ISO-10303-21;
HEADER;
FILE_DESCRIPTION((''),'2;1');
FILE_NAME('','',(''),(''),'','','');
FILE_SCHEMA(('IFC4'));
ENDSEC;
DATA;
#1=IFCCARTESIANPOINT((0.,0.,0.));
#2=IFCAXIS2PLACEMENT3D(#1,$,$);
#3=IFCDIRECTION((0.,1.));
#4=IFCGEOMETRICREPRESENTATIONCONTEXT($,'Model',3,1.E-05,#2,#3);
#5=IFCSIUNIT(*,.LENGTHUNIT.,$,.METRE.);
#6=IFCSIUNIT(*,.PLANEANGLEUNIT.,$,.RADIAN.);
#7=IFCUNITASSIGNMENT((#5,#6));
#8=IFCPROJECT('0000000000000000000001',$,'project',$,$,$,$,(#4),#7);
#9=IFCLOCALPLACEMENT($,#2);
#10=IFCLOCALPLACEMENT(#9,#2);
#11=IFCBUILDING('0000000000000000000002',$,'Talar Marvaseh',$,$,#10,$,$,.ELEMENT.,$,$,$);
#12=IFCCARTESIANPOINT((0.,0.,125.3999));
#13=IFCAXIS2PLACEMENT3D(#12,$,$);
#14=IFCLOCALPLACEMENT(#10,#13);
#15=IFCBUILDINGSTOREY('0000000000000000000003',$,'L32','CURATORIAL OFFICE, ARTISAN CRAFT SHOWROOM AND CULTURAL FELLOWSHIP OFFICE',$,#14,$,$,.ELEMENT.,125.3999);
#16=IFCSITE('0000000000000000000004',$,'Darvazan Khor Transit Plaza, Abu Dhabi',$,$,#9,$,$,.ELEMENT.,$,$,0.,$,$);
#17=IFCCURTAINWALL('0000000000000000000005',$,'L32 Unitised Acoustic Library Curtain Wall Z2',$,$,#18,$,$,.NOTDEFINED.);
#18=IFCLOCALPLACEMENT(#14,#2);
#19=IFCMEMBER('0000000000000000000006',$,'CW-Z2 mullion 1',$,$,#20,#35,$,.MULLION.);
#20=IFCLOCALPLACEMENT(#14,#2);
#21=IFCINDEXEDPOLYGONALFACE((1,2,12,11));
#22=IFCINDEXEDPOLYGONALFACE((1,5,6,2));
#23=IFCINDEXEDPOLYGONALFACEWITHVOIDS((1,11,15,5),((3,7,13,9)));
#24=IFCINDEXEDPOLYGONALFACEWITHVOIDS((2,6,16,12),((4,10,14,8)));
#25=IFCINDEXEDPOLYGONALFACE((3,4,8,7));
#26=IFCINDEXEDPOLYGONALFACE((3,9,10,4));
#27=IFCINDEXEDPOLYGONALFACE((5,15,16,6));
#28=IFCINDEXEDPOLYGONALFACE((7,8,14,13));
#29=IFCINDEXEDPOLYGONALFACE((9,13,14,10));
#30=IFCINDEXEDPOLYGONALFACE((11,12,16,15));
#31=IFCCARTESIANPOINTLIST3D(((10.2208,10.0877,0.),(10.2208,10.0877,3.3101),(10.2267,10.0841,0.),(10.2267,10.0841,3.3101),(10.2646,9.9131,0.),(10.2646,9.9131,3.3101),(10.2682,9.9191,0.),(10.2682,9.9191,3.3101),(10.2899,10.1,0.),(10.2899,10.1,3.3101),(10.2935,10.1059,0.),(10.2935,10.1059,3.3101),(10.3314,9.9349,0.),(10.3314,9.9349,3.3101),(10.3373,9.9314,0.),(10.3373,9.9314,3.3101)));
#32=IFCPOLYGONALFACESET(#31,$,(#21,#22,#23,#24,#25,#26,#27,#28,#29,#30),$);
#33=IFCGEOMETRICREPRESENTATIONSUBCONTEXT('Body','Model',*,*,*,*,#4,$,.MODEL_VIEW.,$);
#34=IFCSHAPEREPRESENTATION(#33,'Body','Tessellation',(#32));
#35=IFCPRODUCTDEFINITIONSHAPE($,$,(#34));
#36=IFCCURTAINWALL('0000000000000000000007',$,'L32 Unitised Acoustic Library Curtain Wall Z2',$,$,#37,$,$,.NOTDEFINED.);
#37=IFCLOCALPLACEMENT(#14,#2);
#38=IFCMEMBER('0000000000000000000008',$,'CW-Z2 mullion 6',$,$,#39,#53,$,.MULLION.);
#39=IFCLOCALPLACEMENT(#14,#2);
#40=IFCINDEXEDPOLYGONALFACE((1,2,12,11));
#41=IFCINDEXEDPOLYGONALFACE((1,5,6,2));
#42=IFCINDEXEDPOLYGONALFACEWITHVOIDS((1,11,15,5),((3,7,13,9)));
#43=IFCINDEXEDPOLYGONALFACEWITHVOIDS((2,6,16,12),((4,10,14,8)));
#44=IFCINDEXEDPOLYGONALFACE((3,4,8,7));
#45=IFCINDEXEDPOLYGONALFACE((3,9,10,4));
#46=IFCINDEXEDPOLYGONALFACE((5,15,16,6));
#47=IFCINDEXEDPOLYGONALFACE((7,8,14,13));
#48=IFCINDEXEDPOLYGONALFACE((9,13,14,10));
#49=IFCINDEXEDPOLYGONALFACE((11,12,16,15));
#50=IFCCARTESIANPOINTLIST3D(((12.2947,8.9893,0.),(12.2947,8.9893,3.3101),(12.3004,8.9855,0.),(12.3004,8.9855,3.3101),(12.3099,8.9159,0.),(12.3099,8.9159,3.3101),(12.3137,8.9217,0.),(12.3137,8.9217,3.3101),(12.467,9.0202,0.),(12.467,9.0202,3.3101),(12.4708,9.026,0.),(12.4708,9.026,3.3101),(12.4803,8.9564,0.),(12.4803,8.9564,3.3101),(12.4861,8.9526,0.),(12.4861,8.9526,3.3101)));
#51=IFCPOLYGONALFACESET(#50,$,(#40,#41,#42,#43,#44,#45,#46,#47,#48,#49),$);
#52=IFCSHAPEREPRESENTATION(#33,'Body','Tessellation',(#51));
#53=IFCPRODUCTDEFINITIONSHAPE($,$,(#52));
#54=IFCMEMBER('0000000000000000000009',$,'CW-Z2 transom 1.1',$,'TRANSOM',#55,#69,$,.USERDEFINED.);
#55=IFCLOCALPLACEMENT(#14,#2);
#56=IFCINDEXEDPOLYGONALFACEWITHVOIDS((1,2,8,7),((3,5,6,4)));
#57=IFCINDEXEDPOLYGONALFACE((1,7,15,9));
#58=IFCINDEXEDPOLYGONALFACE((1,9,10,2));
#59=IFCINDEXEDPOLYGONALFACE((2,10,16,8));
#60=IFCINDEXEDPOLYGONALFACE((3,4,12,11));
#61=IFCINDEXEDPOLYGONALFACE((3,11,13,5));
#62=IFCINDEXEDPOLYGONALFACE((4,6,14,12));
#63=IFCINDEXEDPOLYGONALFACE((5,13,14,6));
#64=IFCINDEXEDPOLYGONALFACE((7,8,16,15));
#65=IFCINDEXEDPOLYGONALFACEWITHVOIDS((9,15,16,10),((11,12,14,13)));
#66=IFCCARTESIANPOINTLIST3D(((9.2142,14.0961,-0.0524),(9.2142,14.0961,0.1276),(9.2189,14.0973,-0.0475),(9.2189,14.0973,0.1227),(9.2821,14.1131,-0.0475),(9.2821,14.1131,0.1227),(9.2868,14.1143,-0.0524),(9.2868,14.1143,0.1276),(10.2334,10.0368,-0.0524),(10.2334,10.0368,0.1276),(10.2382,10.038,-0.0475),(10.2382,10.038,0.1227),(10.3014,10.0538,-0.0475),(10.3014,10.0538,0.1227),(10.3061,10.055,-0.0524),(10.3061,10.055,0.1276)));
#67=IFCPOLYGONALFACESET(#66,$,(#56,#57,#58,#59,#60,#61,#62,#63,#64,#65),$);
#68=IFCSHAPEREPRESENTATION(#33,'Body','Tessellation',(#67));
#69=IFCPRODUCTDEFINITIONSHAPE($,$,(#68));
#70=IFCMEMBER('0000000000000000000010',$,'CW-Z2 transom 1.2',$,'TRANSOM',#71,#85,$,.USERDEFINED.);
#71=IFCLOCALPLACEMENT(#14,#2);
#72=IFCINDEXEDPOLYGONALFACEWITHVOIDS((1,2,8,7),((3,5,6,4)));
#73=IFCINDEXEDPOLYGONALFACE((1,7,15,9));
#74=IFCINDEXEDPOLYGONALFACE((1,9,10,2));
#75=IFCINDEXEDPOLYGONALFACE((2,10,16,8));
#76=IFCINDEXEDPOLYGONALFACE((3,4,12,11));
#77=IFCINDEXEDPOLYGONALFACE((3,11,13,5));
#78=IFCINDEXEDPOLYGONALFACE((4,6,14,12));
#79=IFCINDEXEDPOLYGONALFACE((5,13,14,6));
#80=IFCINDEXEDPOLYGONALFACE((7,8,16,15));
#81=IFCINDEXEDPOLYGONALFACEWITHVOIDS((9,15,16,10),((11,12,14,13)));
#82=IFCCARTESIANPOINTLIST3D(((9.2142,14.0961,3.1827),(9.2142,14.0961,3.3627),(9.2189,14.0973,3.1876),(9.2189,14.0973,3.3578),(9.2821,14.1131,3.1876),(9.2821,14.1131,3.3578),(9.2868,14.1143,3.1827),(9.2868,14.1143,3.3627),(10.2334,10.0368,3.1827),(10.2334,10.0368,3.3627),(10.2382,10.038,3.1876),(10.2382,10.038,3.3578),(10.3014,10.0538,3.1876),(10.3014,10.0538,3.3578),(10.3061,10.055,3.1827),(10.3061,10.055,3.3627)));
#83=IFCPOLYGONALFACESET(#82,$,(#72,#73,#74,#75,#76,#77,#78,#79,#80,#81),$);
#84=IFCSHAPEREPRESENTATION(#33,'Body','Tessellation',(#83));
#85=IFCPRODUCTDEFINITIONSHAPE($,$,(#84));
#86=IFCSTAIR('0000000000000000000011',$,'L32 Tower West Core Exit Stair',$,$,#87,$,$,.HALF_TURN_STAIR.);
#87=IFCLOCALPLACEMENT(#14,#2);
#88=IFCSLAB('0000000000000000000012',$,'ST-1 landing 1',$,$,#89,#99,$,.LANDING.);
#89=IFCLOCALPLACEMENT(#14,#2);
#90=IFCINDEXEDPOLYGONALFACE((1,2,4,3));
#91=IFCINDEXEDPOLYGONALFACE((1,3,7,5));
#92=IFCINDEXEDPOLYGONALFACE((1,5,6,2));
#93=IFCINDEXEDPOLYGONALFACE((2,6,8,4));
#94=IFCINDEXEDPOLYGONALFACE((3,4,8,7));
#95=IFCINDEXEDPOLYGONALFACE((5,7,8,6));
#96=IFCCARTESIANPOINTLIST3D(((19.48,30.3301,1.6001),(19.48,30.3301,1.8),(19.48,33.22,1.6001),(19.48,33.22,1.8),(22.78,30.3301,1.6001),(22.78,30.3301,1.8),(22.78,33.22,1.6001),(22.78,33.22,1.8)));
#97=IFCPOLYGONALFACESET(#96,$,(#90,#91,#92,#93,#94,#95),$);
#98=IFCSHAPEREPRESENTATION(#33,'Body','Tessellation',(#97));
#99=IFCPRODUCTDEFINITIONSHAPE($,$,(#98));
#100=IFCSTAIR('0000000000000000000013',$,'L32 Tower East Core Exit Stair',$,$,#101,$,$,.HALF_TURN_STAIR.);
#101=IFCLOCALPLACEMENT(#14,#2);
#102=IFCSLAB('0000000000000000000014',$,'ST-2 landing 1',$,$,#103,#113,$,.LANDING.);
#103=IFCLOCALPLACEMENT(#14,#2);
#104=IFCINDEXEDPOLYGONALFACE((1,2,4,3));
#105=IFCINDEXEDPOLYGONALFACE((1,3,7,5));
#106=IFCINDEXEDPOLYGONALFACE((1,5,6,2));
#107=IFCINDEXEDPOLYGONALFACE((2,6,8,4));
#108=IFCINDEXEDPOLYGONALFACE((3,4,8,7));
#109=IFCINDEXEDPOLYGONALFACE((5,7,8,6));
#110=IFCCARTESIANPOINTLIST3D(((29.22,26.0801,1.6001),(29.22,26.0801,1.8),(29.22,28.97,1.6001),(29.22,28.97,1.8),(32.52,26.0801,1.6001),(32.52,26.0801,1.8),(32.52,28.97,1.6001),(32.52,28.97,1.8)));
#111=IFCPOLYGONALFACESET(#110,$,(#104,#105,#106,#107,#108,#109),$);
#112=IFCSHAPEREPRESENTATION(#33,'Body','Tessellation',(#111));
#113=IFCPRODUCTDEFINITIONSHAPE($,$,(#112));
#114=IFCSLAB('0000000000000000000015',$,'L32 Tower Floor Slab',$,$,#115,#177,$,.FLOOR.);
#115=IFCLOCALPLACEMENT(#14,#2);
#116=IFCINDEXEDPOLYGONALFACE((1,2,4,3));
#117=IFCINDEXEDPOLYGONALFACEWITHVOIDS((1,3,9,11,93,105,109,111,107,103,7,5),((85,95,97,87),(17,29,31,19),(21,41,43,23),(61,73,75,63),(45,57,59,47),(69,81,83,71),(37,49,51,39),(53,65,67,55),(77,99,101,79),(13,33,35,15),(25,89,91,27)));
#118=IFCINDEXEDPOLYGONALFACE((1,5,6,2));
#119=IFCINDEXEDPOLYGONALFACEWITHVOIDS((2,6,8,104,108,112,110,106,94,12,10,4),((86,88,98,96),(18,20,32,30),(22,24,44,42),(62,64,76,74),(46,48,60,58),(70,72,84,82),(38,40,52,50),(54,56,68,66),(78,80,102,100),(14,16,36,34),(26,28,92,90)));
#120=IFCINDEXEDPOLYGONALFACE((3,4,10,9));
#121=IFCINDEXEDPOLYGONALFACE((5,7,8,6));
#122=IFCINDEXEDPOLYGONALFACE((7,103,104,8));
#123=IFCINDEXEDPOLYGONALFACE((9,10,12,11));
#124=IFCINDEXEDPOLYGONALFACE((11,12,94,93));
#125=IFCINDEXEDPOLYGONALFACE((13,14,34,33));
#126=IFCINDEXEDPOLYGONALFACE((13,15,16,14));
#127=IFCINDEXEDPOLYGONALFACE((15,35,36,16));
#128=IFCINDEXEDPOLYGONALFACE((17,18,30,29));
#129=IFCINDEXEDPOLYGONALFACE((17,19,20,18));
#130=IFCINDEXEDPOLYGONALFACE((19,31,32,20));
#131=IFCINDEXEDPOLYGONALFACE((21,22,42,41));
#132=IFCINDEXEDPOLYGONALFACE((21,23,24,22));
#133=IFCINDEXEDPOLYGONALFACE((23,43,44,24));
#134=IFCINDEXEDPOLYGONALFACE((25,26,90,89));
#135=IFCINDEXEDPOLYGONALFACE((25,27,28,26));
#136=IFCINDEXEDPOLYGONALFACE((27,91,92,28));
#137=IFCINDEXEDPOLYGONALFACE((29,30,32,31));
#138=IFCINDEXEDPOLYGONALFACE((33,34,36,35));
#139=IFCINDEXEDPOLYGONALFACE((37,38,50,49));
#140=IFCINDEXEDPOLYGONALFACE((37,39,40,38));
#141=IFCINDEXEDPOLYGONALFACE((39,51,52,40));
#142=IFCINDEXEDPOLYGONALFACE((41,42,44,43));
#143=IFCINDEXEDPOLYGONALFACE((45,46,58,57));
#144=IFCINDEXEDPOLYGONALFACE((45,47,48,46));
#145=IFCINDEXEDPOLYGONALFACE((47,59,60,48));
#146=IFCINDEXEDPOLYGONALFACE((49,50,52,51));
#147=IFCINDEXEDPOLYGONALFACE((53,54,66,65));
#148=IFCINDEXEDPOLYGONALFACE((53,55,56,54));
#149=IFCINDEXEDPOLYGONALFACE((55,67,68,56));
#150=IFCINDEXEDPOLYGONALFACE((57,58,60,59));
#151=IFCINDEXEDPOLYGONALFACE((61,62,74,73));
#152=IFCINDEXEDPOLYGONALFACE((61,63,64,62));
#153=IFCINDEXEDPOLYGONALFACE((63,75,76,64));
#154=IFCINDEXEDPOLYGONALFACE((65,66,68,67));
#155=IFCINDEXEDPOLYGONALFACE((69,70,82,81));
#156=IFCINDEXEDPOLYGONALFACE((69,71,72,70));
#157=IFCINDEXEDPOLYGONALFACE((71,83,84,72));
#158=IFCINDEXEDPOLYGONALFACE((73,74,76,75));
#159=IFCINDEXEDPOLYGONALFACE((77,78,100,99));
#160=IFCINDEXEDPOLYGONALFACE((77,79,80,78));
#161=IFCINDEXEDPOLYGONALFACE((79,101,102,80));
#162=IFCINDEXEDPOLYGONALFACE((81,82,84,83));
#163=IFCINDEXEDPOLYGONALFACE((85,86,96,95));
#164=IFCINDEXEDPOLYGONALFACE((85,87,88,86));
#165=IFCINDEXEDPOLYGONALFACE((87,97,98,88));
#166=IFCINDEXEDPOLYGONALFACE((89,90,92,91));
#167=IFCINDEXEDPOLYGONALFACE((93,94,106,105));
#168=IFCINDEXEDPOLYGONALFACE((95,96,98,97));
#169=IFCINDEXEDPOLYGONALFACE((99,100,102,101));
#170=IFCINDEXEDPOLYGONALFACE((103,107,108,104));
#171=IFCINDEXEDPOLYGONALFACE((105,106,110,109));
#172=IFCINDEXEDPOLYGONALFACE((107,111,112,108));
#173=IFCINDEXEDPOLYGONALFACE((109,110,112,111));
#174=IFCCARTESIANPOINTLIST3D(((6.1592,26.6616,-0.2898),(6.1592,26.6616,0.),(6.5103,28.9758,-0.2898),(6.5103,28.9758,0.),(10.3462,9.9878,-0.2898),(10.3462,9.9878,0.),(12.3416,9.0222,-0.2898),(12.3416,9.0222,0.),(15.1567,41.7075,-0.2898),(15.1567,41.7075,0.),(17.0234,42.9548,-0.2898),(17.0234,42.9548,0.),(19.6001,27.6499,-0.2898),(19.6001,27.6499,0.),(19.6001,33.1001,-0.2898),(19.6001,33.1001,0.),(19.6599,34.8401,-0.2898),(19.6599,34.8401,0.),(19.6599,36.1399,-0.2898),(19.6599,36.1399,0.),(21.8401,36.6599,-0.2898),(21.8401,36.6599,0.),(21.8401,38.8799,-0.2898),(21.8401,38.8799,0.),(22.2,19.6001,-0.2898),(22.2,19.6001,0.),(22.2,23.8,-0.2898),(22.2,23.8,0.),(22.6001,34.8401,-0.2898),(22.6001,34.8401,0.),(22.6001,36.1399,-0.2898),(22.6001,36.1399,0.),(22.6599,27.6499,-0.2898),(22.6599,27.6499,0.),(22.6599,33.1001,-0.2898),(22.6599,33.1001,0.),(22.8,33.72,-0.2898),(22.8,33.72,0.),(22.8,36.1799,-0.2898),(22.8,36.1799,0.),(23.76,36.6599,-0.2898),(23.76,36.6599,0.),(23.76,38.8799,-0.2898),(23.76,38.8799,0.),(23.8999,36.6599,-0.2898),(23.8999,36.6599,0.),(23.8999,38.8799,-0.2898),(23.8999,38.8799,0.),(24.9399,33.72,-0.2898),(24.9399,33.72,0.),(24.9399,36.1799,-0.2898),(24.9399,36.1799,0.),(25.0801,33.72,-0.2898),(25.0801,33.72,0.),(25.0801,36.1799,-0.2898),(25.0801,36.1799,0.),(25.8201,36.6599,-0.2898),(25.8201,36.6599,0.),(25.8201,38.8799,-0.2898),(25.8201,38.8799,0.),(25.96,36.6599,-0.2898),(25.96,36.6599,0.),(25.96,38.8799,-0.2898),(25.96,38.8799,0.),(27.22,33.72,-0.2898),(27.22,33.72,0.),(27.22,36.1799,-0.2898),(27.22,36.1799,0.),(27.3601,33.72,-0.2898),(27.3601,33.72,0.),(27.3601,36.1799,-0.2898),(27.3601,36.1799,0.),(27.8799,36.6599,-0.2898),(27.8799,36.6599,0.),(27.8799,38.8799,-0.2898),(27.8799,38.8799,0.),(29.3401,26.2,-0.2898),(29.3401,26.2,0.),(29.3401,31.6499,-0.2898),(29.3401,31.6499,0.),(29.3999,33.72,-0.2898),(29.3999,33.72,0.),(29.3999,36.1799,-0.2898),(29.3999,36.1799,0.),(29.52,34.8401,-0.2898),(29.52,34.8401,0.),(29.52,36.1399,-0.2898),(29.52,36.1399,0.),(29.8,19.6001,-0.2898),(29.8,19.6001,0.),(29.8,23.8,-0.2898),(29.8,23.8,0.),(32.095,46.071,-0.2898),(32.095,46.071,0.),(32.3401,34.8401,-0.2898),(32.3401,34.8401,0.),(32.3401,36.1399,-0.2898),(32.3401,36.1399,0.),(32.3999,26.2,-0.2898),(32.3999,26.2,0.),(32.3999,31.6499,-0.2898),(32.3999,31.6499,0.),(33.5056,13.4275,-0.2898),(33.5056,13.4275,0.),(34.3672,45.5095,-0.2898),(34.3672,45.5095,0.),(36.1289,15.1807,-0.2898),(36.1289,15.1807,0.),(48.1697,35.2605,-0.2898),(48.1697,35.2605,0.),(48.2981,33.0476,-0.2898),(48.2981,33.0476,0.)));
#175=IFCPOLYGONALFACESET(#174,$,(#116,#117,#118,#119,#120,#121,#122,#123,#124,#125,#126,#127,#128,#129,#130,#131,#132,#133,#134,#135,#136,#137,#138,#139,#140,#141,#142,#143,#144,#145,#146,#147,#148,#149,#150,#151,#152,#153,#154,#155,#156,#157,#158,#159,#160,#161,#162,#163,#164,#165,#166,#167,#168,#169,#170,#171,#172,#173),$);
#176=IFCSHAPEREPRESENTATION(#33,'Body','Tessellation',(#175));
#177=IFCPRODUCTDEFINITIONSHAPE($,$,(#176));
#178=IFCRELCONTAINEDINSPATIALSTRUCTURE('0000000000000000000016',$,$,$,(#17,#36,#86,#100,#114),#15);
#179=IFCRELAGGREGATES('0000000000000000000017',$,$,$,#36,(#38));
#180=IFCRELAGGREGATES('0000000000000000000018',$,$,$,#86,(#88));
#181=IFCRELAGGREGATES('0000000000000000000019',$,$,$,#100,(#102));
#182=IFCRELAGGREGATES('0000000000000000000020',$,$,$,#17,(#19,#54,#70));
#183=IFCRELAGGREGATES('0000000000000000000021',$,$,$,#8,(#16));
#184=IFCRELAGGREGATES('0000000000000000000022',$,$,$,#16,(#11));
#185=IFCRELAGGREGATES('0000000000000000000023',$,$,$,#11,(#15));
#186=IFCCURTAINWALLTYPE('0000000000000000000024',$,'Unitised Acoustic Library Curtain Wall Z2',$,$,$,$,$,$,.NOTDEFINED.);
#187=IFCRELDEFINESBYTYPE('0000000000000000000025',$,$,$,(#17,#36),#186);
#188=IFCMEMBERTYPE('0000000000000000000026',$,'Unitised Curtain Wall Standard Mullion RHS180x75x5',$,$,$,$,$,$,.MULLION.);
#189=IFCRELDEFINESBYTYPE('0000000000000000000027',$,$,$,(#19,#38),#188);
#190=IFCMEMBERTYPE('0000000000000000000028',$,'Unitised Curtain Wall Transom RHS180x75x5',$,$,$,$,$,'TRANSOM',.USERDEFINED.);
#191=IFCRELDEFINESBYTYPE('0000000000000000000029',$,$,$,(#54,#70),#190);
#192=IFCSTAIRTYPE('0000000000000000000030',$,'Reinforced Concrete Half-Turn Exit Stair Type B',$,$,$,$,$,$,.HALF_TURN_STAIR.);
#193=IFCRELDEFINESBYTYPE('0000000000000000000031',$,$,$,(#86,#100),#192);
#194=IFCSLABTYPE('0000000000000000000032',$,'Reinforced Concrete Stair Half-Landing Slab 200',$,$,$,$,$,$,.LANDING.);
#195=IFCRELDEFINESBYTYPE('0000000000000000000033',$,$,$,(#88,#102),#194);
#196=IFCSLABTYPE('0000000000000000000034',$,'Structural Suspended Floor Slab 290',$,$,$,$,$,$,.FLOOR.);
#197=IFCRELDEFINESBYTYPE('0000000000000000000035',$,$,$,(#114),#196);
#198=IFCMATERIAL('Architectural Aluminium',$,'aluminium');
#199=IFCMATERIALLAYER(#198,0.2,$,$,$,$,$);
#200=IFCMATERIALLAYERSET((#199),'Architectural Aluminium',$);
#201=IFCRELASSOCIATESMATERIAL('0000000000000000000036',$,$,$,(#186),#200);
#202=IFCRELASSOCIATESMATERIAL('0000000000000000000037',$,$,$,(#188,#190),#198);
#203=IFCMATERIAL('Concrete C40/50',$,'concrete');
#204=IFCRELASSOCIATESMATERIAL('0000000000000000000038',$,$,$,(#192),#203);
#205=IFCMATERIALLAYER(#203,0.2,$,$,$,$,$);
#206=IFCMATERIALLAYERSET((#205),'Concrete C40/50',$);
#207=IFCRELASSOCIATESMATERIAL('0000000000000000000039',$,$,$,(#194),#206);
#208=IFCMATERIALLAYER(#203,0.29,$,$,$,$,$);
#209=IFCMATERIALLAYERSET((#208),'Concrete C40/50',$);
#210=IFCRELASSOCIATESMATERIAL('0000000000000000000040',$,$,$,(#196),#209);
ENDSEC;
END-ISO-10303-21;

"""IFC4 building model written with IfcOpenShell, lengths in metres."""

from ifc_helpers import new_model, si_unit, direction, frame, origin, origin_2d, place, context, subcontext, project, spatial, polyline, hollow_rectangle, outline, extrude, source, transform, mapped, material, layer, layer_set, material_profile, profile_set, type_object, type_shapes, element, aggregate, save


model = new_model("IFC4")

# Units and contexts
model_context = context("Model", 3, precision=1e-05, world=origin(), true_north=direction((0.0, 1.0)))
body_context = subcontext(model_context, "Body", "Model", "MODEL_VIEW")
ifc_project = project(units=[si_unit("LENGTHUNIT", "METRE"), si_unit("PLANEANGLEUNIT", "RADIAN")], contexts=[model_context])

# Site, building, storey
site_placement = place(None, origin())
site = spatial("IfcSite", under=ifc_project, at=site_placement, Name="Darvazan Khor Transit Plaza, Abu Dhabi", CompositionType="ELEMENT", RefElevation=0.0)
building_placement = place(site_placement, origin())
building = spatial("IfcBuilding", under=site, at=building_placement, Name="Talar Marvaseh", CompositionType="ELEMENT")
storey_placement = place(building_placement, frame((0.0, 0.0, 125.3999)))
storey = spatial("IfcBuildingStorey", under=building, at=storey_placement, Name="L32", Description="CURATORIAL OFFICE, ARTISAN CRAFT SHOWROOM AND CULTURAL FELLOWSHIP OFFICE", CompositionType="ELEMENT", Elevation=125.3999)

# Curtain walls, members
ifc_material_1 = material(Name="Architectural Aluminium", Category="aluminium")
ifc_layer_1 = layer(ifc_material_1, 0.2)
ifc_layer_set_1 = layer_set([ifc_layer_1], Name="Architectural Aluminium")
curtain_wall_type = type_object("IfcCurtainWallType", Name="Unitised Acoustic Library Curtain Wall Z2", PredefinedType="NOTDEFINED", material=ifc_layer_set_1)
curtain_wall_1_placement = place(storey_placement, origin())
curtain_wall_1 = element("IfcCurtainWall", 1, at=curtain_wall_1_placement, inside=storey, type_object=curtain_wall_type, Name="L32 Unitised Acoustic Library Curtain Wall Z2", PredefinedType="NOTDEFINED")
ifc_material_profile_1 = material_profile(ifc_material_1, hollow_rectangle(XDim=0.075, YDim=0.1799, WallThickness=0.0049, at=origin_2d()), Name="RHS180x75x5")
ifc_profile_set_1 = profile_set([ifc_material_profile_1], Name="Architectural Aluminium")
member_type_1 = type_object("IfcMemberType", Name="Unitised Curtain Wall Standard Mullion RHS180x75x5", PredefinedType="MULLION", material=ifc_profile_set_1)
shared_shape_1 = source(origin(), body_context, "Body", "SweptSolid", [
    extrude(hollow_rectangle(XDim=0.075, YDim=0.1799, WallThickness=0.0049, at=origin_2d()), origin(), (0.0, 0.0, 1.0), 3.3101),
])
type_shapes(member_type_1, [shared_shape_1])
member_1_placement = place(storey_placement, frame((10.2791, 10.0095, 0.0), z_axis=(0.0, 0.0, 1.0), x_axis=(-0.969888, -0.24355, 0.0)))
member_1 = element("IfcMember", 2, at=member_1_placement, type_object=member_type_1, Name="CW-Z2 mullion 1", PredefinedType="MULLION", context=body_context, shape_type="MappedRepresentation", body=[
    mapped(shared_shape_1, transform((0.0, 0.0, 0.0), x_axis=(1.0, 0.0, 0.0), y_axis=(0.0, 1.0, 0.0), z_axis=(0.0, 0.0, 1.0), scale=1.0)),
])
curtain_wall_2_placement = place(storey_placement, origin())
curtain_wall_2 = element("IfcCurtainWall", 3, at=curtain_wall_2_placement, inside=storey, type_object=curtain_wall_type, Name="L32 Unitised Acoustic Library Curtain Wall Z2", PredefinedType="NOTDEFINED")
member_2_placement = place(storey_placement, frame((12.3904, 8.9709, 0.0), z_axis=(0.0, 0.0, 1.0), x_axis=(0.203792, -0.979014, 0.0)))
member_2 = element("IfcMember", 4, at=member_2_placement, type_object=member_type_1, Name="CW-Z2 mullion 6", PredefinedType="MULLION", context=body_context, shape_type="MappedRepresentation", body=[
    mapped(shared_shape_1, transform((0.0, 0.0, 0.0), x_axis=(1.0, 0.0, 0.0), y_axis=(0.0, 1.0, 0.0), z_axis=(0.0, 0.0, 1.0), scale=1.0)),
])
aggregate(curtain_wall_2, [member_2])

# Members
ifc_material_profile_2 = material_profile(ifc_material_1, hollow_rectangle(XDim=0.075, YDim=0.1799, WallThickness=0.0049, at=origin_2d()), Name="RHS180x75x5")
ifc_profile_set_2 = profile_set([ifc_material_profile_2], Name="Architectural Aluminium")
member_type_2 = type_object("IfcMemberType", Name="Unitised Curtain Wall Transom RHS180x75x5", ElementType="TRANSOM", PredefinedType="USERDEFINED", material=ifc_profile_set_2)
shared_shape_2 = source(origin(), body_context, "Body", "SweptSolid", [
    extrude(hollow_rectangle(XDim=0.075, YDim=0.1799, WallThickness=0.0049, at=origin_2d()), origin(), (0.0, 0.0, 1.0), 4.1853),
])
type_shapes(member_type_2, [shared_shape_2])
member_3_placement = place(storey_placement, frame((10.2698, 10.0459, 0.0376), z_axis=(-0.243537, 0.969891, 0.0), x_axis=(-0.969891, -0.243537, 0.0)))
member_3 = element("IfcMember", 5, at=member_3_placement, type_object=member_type_2, Name="CW-Z2 transom 1.1", ObjectType="TRANSOM", PredefinedType="USERDEFINED", context=body_context, shape_type="MappedRepresentation", body=[
    mapped(shared_shape_2, transform((0.0, 0.0, 0.0), x_axis=(1.0, 0.0, 0.0), y_axis=(0.0, 1.0, 0.0), z_axis=(0.0, 0.0, 1.0), scale=1.0)),
])
member_4_placement = place(storey_placement, frame((10.2698, 10.0459, 3.2727), z_axis=(-0.243537, 0.969891, 0.0), x_axis=(-0.969891, -0.243537, 0.0)))
member_4 = element("IfcMember", 6, at=member_4_placement, type_object=member_type_2, Name="CW-Z2 transom 1.2", ObjectType="TRANSOM", PredefinedType="USERDEFINED", context=body_context, shape_type="MappedRepresentation", body=[
    mapped(shared_shape_2, transform((0.0, 0.0, 0.0), x_axis=(1.0, 0.0, 0.0), y_axis=(0.0, 1.0, 0.0), z_axis=(0.0, 0.0, 1.0), scale=1.0)),
])

# Stairs, slabs
ifc_material_2 = material(Name="Concrete C40/50", Category="concrete")
stair_type = type_object("IfcStairType", Name="Reinforced Concrete Half-Turn Exit Stair Type B", PredefinedType="HALF_TURN_STAIR", material=ifc_material_2)
stair_1_placement = place(storey_placement, origin())
stair_1 = element("IfcStair", 7, at=stair_1_placement, inside=storey, type_object=stair_type, Name="L32 Tower West Core Exit Stair", PredefinedType="HALF_TURN_STAIR")
ifc_layer_2 = layer(ifc_material_2, 0.2)
ifc_layer_set_2 = layer_set([ifc_layer_2], Name="Concrete C40/50")
slab_type_1 = type_object("IfcSlabType", Name="Reinforced Concrete Stair Half-Landing Slab 200", PredefinedType="LANDING", material=ifc_layer_set_2)
slab_1_placement = place(storey_placement, frame((0.0, 0.0, 1.6001)))
slab_1 = element("IfcSlab", 8, at=slab_1_placement, type_object=slab_type_1, Name="ST-1 landing 1", PredefinedType="LANDING", context=body_context, shape_type="SweptSolid", body=[
    extrude(outline(polyline([(22.78, 30.3301), (22.78, 33.22), (19.48, 33.22), (19.48, 30.3301), (22.78, 30.3301)])), origin(), (0.0, 0.0, 1.0), 0.2),
])
aggregate(stair_1, [slab_1])
stair_2_placement = place(storey_placement, origin())
stair_2 = element("IfcStair", 9, at=stair_2_placement, inside=storey, type_object=stair_type, Name="L32 Tower East Core Exit Stair", PredefinedType="HALF_TURN_STAIR")
slab_2_placement = place(storey_placement, frame((0.0, 0.0, 1.6001)))
slab_2 = element("IfcSlab", 10, at=slab_2_placement, type_object=slab_type_1, Name="ST-2 landing 1", PredefinedType="LANDING", context=body_context, shape_type="SweptSolid", body=[
    extrude(outline(polyline([(29.22, 28.97), (29.22, 26.0801), (32.52, 26.0801), (32.52, 28.97), (29.22, 28.97)])), origin(), (0.0, 0.0, 1.0), 0.2),
])
aggregate(stair_2, [slab_2])

# Slab
ifc_layer_3 = layer(ifc_material_2, 0.29)
ifc_layer_set_3 = layer_set([ifc_layer_3], Name="Concrete C40/50")
slab_type_2 = type_object("IfcSlabType", Name="Structural Suspended Floor Slab 290", PredefinedType="FLOOR", material=ifc_layer_set_3)
slab_3_placement = place(storey_placement, frame((0.0, 0.0, -0.2898)))
element("IfcSlab", 11, at=slab_3_placement, inside=storey, type_object=slab_type_2, Name="L32 Tower Floor Slab", PredefinedType="FLOOR", context=body_context, shape_type="SweptSolid", body=[
    extrude(outline(polyline([(12.3416, 9.0222), (10.3462, 9.9878), (6.1592, 26.6616), (6.5103, 28.9758), (15.1567, 41.7075), (17.0234, 42.9548), (32.095, 46.071), (34.3672, 45.5095), (48.1697, 35.2605), (48.2981, 33.0476), (36.1289, 15.1807), (33.5056, 13.4275), (12.3416, 9.0222)]), holes=[polyline([(22.6599, 27.6499), (22.6599, 33.1001), (19.6001, 33.1001), (19.6001, 27.6499), (22.6599, 27.6499)]), polyline([(29.3401, 31.6499), (29.3401, 26.2), (32.3999, 26.2), (32.3999, 31.6499), (29.3401, 31.6499)]), polyline([(22.8, 33.72), (24.9399, 33.72), (24.9399, 36.1799), (22.8, 36.1799), (22.8, 33.72)]), polyline([(25.0801, 33.72), (27.22, 33.72), (27.22, 36.1799), (25.0801, 36.1799), (25.0801, 33.72)]), polyline([(27.3601, 33.72), (29.3999, 33.72), (29.3999, 36.1799), (27.3601, 36.1799), (27.3601, 33.72)]), polyline([(21.8401, 36.6599), (23.76, 36.6599), (23.76, 38.8799), (21.8401, 38.8799), (21.8401, 36.6599)]), polyline([(23.8999, 36.6599), (25.8201, 36.6599), (25.8201, 38.8799), (23.8999, 38.8799), (23.8999, 36.6599)]), polyline([(25.96, 36.6599), (27.8799, 36.6599), (27.8799, 38.8799), (25.96, 38.8799), (25.96, 36.6599)]), polyline([(19.6599, 34.8401), (22.6001, 34.8401), (22.6001, 36.1399), (19.6599, 36.1399), (19.6599, 34.8401)]), polyline([(29.52, 34.8401), (32.3401, 34.8401), (32.3401, 36.1399), (29.52, 36.1399), (29.52, 34.8401)]), polyline([(22.2, 19.6001), (29.8, 19.6001), (29.8, 23.8), (22.2, 23.8), (22.2, 19.6001)])]), origin(), (0.0, 0.0, 1.0), 0.2898),
])

aggregate(curtain_wall_1, [member_1, member_3, member_4])

save(model, "model.ifc")
